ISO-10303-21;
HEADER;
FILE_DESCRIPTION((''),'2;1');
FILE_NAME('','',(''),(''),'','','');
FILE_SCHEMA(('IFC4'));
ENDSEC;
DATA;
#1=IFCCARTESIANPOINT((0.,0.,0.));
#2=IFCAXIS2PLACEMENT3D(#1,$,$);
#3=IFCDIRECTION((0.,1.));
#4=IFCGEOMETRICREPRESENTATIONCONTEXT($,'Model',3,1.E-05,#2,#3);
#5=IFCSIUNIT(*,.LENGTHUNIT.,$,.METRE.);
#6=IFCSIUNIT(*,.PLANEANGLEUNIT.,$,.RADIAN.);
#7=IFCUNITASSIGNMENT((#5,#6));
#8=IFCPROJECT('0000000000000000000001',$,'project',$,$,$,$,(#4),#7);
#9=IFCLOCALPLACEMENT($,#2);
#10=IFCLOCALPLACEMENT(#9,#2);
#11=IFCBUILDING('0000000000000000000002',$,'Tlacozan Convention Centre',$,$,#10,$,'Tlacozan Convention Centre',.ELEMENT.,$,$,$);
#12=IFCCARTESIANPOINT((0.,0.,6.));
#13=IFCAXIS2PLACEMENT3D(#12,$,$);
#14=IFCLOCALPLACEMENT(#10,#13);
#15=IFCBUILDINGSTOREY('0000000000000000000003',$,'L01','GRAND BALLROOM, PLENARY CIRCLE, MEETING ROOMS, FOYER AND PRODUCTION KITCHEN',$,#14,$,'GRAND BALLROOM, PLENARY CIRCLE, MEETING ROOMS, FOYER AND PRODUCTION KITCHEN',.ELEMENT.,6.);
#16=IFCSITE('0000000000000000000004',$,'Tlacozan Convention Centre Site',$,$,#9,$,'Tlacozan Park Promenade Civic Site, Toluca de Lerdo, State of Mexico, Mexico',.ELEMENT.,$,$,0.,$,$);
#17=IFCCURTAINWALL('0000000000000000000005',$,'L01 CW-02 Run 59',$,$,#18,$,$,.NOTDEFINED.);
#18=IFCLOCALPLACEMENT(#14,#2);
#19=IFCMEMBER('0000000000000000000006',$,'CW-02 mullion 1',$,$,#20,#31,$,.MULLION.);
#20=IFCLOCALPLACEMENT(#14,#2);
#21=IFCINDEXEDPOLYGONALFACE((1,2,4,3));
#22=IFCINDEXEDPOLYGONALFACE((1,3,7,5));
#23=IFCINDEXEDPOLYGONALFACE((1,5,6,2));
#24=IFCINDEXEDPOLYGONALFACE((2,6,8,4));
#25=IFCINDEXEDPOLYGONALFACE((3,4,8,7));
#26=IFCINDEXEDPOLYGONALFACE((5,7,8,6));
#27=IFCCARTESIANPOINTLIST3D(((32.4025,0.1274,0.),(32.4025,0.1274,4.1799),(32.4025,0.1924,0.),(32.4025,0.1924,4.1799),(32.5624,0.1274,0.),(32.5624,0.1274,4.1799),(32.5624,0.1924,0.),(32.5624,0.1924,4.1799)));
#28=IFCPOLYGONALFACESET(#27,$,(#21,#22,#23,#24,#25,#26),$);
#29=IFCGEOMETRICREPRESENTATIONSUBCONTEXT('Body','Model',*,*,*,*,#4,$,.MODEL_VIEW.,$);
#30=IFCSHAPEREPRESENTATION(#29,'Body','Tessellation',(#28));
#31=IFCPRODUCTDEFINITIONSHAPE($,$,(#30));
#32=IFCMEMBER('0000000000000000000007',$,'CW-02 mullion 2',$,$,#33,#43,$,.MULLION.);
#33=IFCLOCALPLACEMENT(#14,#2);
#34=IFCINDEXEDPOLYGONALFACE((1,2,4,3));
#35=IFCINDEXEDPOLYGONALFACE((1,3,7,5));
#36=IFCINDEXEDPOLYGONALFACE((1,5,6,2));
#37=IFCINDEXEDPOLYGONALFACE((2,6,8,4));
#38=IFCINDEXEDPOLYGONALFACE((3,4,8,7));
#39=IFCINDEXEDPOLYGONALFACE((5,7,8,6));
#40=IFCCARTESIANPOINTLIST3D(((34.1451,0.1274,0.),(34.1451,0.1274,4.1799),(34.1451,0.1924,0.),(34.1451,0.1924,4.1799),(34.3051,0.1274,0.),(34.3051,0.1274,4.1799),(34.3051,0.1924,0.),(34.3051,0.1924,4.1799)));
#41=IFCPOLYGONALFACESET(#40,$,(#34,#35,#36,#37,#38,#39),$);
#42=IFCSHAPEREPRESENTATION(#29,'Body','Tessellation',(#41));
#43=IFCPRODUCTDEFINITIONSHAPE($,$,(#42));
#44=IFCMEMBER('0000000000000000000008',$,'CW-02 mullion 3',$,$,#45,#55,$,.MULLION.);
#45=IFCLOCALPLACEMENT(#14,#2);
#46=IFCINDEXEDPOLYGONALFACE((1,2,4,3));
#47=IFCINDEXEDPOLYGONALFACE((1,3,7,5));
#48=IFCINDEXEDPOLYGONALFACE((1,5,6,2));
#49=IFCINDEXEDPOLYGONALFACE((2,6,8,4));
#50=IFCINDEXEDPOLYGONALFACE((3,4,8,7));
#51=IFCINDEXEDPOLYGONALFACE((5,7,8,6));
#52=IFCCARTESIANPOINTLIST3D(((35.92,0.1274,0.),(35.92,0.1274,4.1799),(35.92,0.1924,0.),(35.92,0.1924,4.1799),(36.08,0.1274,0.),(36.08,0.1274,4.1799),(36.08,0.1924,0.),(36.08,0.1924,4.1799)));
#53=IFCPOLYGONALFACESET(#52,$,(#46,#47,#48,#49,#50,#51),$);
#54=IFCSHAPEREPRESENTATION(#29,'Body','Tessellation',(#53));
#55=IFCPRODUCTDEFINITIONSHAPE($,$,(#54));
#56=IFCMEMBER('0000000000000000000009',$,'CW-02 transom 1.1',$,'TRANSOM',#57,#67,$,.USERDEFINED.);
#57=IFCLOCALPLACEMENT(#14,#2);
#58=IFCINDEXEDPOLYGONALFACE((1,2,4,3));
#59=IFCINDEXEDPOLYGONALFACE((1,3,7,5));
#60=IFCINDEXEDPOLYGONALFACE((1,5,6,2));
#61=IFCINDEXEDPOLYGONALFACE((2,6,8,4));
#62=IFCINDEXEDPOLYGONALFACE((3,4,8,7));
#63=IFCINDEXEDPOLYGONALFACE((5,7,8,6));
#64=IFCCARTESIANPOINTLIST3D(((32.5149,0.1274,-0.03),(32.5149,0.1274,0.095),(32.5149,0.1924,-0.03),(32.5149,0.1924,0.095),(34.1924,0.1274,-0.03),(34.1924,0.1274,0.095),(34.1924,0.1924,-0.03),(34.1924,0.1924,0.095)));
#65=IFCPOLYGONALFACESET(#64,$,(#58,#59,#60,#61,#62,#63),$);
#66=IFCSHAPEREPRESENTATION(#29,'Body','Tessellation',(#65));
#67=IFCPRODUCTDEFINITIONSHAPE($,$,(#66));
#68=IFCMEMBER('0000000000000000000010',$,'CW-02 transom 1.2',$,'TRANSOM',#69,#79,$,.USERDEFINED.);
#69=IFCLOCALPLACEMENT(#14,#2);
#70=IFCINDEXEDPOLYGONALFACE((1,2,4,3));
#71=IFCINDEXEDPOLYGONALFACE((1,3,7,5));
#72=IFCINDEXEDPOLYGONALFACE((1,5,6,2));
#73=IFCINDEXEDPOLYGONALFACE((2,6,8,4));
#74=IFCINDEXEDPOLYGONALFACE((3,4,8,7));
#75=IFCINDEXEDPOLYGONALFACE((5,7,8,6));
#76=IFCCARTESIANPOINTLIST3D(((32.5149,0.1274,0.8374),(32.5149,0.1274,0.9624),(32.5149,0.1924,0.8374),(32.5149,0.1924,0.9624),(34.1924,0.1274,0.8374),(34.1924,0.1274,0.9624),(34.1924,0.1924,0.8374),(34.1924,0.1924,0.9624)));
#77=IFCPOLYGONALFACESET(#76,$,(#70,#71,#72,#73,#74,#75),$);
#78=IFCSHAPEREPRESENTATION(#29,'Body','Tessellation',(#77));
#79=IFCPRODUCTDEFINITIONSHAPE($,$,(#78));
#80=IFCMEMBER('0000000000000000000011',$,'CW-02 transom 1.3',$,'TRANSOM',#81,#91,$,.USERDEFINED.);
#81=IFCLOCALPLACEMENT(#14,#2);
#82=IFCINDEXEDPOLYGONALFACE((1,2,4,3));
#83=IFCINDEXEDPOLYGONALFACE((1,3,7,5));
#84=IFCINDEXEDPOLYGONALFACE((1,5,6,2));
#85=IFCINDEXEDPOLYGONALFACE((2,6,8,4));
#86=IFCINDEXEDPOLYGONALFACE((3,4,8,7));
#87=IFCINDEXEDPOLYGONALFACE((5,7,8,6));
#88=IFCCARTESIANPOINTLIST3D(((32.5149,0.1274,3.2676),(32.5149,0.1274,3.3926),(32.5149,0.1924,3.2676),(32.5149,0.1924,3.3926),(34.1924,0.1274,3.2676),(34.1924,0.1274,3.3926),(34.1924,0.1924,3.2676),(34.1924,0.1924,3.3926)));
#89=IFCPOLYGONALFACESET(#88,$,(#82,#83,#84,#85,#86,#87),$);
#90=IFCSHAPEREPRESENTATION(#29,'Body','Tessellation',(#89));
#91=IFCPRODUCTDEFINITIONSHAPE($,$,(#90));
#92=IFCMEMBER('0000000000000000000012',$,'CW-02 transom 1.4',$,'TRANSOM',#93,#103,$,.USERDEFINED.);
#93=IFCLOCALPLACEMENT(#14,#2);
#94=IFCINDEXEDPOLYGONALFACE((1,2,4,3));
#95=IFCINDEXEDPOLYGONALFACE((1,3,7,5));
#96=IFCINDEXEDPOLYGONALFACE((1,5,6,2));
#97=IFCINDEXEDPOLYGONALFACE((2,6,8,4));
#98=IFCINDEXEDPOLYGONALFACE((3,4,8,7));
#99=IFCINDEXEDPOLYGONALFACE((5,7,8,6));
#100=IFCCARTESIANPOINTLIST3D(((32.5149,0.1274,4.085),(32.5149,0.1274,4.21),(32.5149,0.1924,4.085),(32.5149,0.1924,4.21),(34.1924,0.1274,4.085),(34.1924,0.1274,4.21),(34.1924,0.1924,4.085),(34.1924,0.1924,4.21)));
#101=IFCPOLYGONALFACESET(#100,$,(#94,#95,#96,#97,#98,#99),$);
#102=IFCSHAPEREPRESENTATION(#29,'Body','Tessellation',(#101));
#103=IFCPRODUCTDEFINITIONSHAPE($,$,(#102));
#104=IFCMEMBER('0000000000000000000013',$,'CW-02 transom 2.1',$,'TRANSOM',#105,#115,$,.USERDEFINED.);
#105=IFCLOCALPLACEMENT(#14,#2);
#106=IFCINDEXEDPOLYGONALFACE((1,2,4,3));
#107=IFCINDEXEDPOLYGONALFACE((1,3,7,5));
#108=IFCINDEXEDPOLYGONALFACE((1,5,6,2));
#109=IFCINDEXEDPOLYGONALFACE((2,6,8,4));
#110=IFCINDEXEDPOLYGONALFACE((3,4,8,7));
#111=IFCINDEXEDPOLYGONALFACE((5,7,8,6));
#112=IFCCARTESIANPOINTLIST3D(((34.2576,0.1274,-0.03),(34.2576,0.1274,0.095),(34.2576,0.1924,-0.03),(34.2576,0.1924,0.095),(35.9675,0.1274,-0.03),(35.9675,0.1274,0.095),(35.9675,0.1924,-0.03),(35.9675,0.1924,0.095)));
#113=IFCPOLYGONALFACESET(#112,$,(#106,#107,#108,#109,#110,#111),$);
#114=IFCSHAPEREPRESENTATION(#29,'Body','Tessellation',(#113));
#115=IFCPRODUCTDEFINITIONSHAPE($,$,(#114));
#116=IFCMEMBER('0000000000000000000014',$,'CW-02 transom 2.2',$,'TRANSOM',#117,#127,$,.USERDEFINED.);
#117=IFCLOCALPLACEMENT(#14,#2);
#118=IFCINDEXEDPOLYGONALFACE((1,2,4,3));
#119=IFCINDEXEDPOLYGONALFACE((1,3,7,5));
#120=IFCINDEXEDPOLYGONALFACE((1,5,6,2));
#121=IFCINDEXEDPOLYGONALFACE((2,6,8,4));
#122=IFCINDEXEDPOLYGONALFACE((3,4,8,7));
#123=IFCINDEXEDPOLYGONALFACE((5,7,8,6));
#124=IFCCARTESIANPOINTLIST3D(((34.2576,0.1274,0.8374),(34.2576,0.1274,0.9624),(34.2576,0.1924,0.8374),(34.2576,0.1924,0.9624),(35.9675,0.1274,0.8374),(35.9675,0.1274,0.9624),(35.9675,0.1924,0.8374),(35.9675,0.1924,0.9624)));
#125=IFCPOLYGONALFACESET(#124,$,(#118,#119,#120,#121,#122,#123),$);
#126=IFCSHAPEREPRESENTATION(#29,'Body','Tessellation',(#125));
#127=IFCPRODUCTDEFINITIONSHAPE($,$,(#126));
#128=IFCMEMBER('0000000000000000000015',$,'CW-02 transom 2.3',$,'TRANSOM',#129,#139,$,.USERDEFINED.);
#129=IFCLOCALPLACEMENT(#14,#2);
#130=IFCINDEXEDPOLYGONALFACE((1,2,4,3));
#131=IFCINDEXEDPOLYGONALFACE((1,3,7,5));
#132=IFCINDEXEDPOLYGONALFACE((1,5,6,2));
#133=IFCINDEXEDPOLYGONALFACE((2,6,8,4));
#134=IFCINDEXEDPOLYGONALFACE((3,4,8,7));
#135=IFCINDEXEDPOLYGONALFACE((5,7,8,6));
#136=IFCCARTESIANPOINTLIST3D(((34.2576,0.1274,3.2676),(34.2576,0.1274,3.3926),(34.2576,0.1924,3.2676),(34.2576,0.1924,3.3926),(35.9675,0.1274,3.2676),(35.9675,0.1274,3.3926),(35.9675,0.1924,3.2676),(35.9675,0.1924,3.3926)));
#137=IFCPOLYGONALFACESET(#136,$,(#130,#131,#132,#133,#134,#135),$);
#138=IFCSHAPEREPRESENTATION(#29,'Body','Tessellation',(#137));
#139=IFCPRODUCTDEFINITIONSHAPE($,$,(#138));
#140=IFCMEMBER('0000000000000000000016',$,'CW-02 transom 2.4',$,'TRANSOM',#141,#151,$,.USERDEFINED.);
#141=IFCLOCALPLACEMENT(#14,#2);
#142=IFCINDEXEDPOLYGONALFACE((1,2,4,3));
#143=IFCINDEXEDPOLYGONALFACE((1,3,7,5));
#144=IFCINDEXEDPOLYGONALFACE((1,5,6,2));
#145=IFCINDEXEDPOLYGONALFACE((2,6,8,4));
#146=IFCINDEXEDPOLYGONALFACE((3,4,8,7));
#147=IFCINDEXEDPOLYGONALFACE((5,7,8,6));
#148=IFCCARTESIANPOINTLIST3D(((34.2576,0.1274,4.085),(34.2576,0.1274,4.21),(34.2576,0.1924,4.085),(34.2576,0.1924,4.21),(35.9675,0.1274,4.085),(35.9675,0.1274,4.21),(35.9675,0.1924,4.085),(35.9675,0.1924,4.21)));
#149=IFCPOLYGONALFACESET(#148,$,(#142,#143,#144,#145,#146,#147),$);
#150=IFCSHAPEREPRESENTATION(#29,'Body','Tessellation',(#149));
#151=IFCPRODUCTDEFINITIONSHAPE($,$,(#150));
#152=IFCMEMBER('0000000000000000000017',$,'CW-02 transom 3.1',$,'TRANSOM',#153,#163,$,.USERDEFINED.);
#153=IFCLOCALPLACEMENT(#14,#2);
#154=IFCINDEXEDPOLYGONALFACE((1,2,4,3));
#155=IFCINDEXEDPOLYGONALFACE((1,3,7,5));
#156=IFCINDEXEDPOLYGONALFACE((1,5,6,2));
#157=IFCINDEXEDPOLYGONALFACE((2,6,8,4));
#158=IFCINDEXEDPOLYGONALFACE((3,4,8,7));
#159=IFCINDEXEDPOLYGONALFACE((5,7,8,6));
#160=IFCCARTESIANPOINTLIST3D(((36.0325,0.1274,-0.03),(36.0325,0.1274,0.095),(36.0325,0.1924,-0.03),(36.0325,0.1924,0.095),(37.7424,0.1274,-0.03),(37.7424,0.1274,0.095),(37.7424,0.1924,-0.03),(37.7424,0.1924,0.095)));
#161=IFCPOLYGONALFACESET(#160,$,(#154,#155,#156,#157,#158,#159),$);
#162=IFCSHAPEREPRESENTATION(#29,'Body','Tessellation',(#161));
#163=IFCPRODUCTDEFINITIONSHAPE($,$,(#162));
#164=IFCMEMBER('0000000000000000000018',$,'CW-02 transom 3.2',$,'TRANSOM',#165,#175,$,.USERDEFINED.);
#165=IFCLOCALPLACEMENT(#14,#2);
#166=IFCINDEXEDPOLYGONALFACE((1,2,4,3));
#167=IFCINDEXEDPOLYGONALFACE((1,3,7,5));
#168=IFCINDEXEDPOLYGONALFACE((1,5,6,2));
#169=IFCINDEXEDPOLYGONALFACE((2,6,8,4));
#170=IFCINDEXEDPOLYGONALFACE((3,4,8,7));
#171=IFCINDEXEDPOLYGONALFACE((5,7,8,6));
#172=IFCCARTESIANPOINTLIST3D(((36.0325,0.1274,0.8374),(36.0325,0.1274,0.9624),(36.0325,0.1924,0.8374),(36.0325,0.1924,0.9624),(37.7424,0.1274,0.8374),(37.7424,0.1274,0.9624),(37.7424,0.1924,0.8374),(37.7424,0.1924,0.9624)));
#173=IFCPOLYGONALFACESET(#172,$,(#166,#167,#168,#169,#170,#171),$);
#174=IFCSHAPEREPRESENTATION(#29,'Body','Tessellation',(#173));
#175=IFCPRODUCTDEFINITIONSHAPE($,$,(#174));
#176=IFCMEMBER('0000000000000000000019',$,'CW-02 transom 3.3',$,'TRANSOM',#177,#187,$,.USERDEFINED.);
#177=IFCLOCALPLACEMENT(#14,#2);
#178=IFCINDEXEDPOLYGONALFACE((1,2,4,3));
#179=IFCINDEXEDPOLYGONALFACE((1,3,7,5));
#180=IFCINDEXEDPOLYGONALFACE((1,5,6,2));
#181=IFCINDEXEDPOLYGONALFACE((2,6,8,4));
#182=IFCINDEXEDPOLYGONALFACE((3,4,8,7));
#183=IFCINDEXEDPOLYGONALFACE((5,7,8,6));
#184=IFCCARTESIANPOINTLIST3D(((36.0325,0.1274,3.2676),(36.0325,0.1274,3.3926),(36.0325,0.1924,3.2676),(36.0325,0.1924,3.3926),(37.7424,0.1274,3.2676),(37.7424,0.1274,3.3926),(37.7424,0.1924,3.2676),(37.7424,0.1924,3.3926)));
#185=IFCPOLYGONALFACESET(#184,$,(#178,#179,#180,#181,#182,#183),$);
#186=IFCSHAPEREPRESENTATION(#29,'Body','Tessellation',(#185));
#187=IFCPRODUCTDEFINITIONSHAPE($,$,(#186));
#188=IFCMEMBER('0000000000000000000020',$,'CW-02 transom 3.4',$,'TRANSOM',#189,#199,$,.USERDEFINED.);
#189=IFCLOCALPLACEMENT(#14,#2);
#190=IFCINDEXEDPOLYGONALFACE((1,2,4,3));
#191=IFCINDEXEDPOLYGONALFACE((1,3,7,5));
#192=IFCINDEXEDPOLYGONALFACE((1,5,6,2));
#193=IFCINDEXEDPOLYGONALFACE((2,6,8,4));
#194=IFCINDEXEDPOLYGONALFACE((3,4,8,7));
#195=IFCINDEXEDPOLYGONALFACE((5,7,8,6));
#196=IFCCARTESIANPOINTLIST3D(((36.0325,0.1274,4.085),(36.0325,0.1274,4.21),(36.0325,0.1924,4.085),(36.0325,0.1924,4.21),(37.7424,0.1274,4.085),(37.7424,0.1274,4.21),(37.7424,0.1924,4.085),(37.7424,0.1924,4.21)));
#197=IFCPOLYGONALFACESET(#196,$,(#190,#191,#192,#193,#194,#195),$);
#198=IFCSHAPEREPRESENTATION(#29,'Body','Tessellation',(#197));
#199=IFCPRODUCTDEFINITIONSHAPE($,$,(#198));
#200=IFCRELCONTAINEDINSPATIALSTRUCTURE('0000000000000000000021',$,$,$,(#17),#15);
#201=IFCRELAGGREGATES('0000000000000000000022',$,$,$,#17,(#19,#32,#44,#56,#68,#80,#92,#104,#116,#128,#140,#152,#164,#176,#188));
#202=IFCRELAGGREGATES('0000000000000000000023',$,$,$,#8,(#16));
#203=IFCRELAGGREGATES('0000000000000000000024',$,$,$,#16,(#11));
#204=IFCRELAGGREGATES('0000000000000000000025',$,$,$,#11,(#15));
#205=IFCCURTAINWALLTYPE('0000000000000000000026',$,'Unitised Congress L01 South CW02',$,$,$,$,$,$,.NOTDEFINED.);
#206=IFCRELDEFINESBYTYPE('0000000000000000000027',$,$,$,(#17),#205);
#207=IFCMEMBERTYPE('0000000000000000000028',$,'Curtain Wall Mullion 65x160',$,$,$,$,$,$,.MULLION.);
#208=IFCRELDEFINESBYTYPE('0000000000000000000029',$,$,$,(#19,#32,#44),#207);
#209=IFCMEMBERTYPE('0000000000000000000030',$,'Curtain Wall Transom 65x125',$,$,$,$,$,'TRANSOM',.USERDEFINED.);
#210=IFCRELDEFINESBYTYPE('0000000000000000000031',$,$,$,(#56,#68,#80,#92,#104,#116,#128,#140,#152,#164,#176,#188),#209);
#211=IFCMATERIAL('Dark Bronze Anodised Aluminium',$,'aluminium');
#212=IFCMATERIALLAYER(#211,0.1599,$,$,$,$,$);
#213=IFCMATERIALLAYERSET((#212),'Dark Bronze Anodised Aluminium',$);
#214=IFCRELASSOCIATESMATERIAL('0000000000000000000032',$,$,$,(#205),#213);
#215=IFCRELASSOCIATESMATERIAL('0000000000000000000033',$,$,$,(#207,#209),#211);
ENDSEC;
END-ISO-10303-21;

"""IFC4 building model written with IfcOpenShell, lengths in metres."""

from ifc_helpers import new_model, si_unit, direction, frame, origin, origin_2d, place, context, subcontext, project, spatial, rectangle, extrude, material, layer, layer_set, material_profile, profile_set, type_object, element, aggregate, save


model = new_model("IFC4")

# Units and contexts
model_context = context("Model", 3, precision=1e-05, world=origin(), true_north=direction((0.0, 1.0)))
body_context = subcontext(model_context, "Body", "Model", "MODEL_VIEW")
ifc_project = project(units=[si_unit("LENGTHUNIT", "METRE"), si_unit("PLANEANGLEUNIT", "RADIAN")], contexts=[model_context])

# Site, building, storey
site_placement = place(None, origin())
site = spatial("IfcSite", under=ifc_project, at=site_placement, Name="Tlacozan Convention Centre Site", LongName="Tlacozan Park Promenade Civic Site, Toluca de Lerdo, State of Mexico, Mexico", CompositionType="ELEMENT", RefElevation=0.0)
building_placement = place(site_placement, origin())
building = spatial("IfcBuilding", under=site, at=building_placement, Name="Tlacozan Convention Centre", LongName="Tlacozan Convention Centre", CompositionType="ELEMENT")
storey_placement = place(building_placement, frame((0.0, 0.0, 6.0)))
storey = spatial("IfcBuildingStorey", under=building, at=storey_placement, Name="L01", Description="GRAND BALLROOM, PLENARY CIRCLE, MEETING ROOMS, FOYER AND PRODUCTION KITCHEN", LongName="GRAND BALLROOM, PLENARY CIRCLE, MEETING ROOMS, FOYER AND PRODUCTION KITCHEN", CompositionType="ELEMENT", Elevation=6.0)

# Curtain wall, members
ifc_material_1 = material(Name="Dark Bronze Anodised Aluminium", Category="aluminium")
ifc_layer_1 = layer(ifc_material_1, 0.1599)
ifc_layer_set_1 = layer_set([ifc_layer_1], Name="Dark Bronze Anodised Aluminium")
curtain_wall_type = type_object("IfcCurtainWallType", Name="Unitised Congress L01 South CW02", PredefinedType="NOTDEFINED", material=ifc_layer_set_1)
curtain_wall_placement = place(storey_placement, origin())
curtain_wall = element("IfcCurtainWall", 1, at=curtain_wall_placement, inside=storey, type_object=curtain_wall_type, Name="L01 CW-02 Run 59", PredefinedType="NOTDEFINED")
ifc_material_profile_1 = material_profile(ifc_material_1, rectangle(XDim=0.0649, YDim=0.1599, at=origin_2d()), Name="ALU 65x160")
ifc_profile_set_1 = profile_set([ifc_material_profile_1], Name="Dark Bronze Anodised Aluminium")
member_type_1 = type_object("IfcMemberType", Name="Curtain Wall Mullion 65x160", PredefinedType="MULLION", material=ifc_profile_set_1)
member_1_placement = place(storey_placement, frame((32.4824, 0.1599, 0.0), z_axis=(0.0, 0.0, 1.0), x_axis=(0.0, 1.0, 0.0)))
member_1 = element("IfcMember", 2, at=member_1_placement, type_object=member_type_1, Name="CW-02 mullion 1", PredefinedType="MULLION", context=body_context, shape_type="SweptSolid", body=[
    extrude(rectangle(XDim=0.0649, YDim=0.1599, at=origin_2d()), origin(), (0.0, 0.0, 1.0), 4.1799),
])
member_2_placement = place(storey_placement, frame((34.2251, 0.1599, 0.0), z_axis=(0.0, 0.0, 1.0), x_axis=(0.0, 1.0, 0.0)))
member_2 = element("IfcMember", 3, at=member_2_placement, type_object=member_type_1, Name="CW-02 mullion 2", PredefinedType="MULLION", context=body_context, shape_type="SweptSolid", body=[
    extrude(rectangle(XDim=0.0649, YDim=0.1599, at=origin_2d()), origin(), (0.0, 0.0, 1.0), 4.1799),
])
member_3_placement = place(storey_placement, frame((36.0, 0.1599, 0.0), z_axis=(0.0, 0.0, 1.0), x_axis=(0.0, 1.0, 0.0)))
member_3 = element("IfcMember", 4, at=member_3_placement, type_object=member_type_1, Name="CW-02 mullion 3", PredefinedType="MULLION", context=body_context, shape_type="SweptSolid", body=[
    extrude(rectangle(XDim=0.0649, YDim=0.1599, at=origin_2d()), origin(), (0.0, 0.0, 1.0), 4.1799),
])
ifc_material_profile_2 = material_profile(ifc_material_1, rectangle(XDim=0.0649, YDim=0.125, at=origin_2d()), Name="ALU 65x125")
ifc_profile_set_2 = profile_set([ifc_material_profile_2], Name="Dark Bronze Anodised Aluminium")
member_type_2 = type_object("IfcMemberType", Name="Curtain Wall Transom 65x125", ElementType="TRANSOM", PredefinedType="USERDEFINED", material=ifc_profile_set_2)
member_4_placement = place(storey_placement, frame((32.5149, 0.1599, 0.0325), z_axis=(1.0, 0.0, 0.0), x_axis=(0.0, 1.0, 0.0)))
member_4 = element("IfcMember", 5, at=member_4_placement, type_object=member_type_2, Name="CW-02 transom 1.1", ObjectType="TRANSOM", PredefinedType="USERDEFINED", context=body_context, shape_type="SweptSolid", body=[
    extrude(rectangle(XDim=0.0649, YDim=0.125, at=origin_2d()), origin(), (0.0, 0.0, 1.0), 1.6775),
])
member_5_placement = place(storey_placement, frame((32.5149, 0.1599, 0.8999), z_axis=(1.0, 0.0, 0.0), x_axis=(0.0, 1.0, 0.0)))
member_5 = element("IfcMember", 6, at=member_5_placement, type_object=member_type_2, Name="CW-02 transom 1.2", ObjectType="TRANSOM", PredefinedType="USERDEFINED", context=body_context, shape_type="SweptSolid", body=[
    extrude(rectangle(XDim=0.0649, YDim=0.125, at=origin_2d()), origin(), (0.0, 0.0, 1.0), 1.6775),
])
member_6_placement = place(storey_placement, frame((32.5149, 0.1599, 3.3301), z_axis=(1.0, 0.0, 0.0), x_axis=(0.0, 1.0, 0.0)))
member_6 = element("IfcMember", 7, at=member_6_placement, type_object=member_type_2, Name="CW-02 transom 1.3", ObjectType="TRANSOM", PredefinedType="USERDEFINED", context=body_context, shape_type="SweptSolid", body=[
    extrude(rectangle(XDim=0.0649, YDim=0.125, at=origin_2d()), origin(), (0.0, 0.0, 1.0), 1.6775),
])
member_7_placement = place(storey_placement, frame((32.5149, 0.1599, 4.1475), z_axis=(1.0, 0.0, 0.0), x_axis=(0.0, 1.0, 0.0)))
member_7 = element("IfcMember", 8, at=member_7_placement, type_object=member_type_2, Name="CW-02 transom 1.4", ObjectType="TRANSOM", PredefinedType="USERDEFINED", context=body_context, shape_type="SweptSolid", body=[
    extrude(rectangle(XDim=0.0649, YDim=0.125, at=origin_2d()), origin(), (0.0, 0.0, 1.0), 1.6775),
])
member_8_placement = place(storey_placement, frame((34.2576, 0.1599, 0.0325), z_axis=(1.0, 0.0, 0.0), x_axis=(0.0, 1.0, 0.0)))
member_8 = element("IfcMember", 9, at=member_8_placement, type_object=member_type_2, Name="CW-02 transom 2.1", ObjectType="TRANSOM", PredefinedType="USERDEFINED", context=body_context, shape_type="SweptSolid", body=[
    extrude(rectangle(XDim=0.0649, YDim=0.125, at=origin_2d()), origin(), (0.0, 0.0, 1.0), 1.71),
])
member_9_placement = place(storey_placement, frame((34.2576, 0.1599, 0.8999), z_axis=(1.0, 0.0, 0.0), x_axis=(0.0, 1.0, 0.0)))
member_9 = element("IfcMember", 10, at=member_9_placement, type_object=member_type_2, Name="CW-02 transom 2.2", ObjectType="TRANSOM", PredefinedType="USERDEFINED", context=body_context, shape_type="SweptSolid", body=[
    extrude(rectangle(XDim=0.0649, YDim=0.125, at=origin_2d()), origin(), (0.0, 0.0, 1.0), 1.71),
])
member_10_placement = place(storey_placement, frame((34.2576, 0.1599, 3.3301), z_axis=(1.0, 0.0, 0.0), x_axis=(0.0, 1.0, 0.0)))
member_10 = element("IfcMember", 11, at=member_10_placement, type_object=member_type_2, Name="CW-02 transom 2.3", ObjectType="TRANSOM", PredefinedType="USERDEFINED", context=body_context, shape_type="SweptSolid", body=[
    extrude(rectangle(XDim=0.0649, YDim=0.125, at=origin_2d()), origin(), (0.0, 0.0, 1.0), 1.71),
])
member_11_placement = place(storey_placement, frame((34.2576, 0.1599, 4.1475), z_axis=(1.0, 0.0, 0.0), x_axis=(0.0, 1.0, 0.0)))
member_11 = element("IfcMember", 12, at=member_11_placement, type_object=member_type_2, Name="CW-02 transom 2.4", ObjectType="TRANSOM", PredefinedType="USERDEFINED", context=body_context, shape_type="SweptSolid", body=[
    extrude(rectangle(XDim=0.0649, YDim=0.125, at=origin_2d()), origin(), (0.0, 0.0, 1.0), 1.71),
])
member_12_placement = place(storey_placement, frame((36.0325, 0.1599, 0.0325), z_axis=(1.0, 0.0, 0.0), x_axis=(0.0, 1.0, 0.0)))
member_12 = element("IfcMember", 13, at=member_12_placement, type_object=member_type_2, Name="CW-02 transom 3.1", ObjectType="TRANSOM", PredefinedType="USERDEFINED", context=body_context, shape_type="SweptSolid", body=[
    extrude(rectangle(XDim=0.0649, YDim=0.125, at=origin_2d()), origin(), (0.0, 0.0, 1.0), 1.71),
])
member_13_placement = place(storey_placement, frame((36.0325, 0.1599, 0.8999), z_axis=(1.0, 0.0, 0.0), x_axis=(0.0, 1.0, 0.0)))
member_13 = element("IfcMember", 14, at=member_13_placement, type_object=member_type_2, Name="CW-02 transom 3.2", ObjectType="TRANSOM", PredefinedType="USERDEFINED", context=body_context, shape_type="SweptSolid", body=[
    extrude(rectangle(XDim=0.0649, YDim=0.125, at=origin_2d()), origin(), (0.0, 0.0, 1.0), 1.71),
])
member_14_placement = place(storey_placement, frame((36.0325, 0.1599, 3.3301), z_axis=(1.0, 0.0, 0.0), x_axis=(0.0, 1.0, 0.0)))
member_14 = element("IfcMember", 15, at=member_14_placement, type_object=member_type_2, Name="CW-02 transom 3.3", ObjectType="TRANSOM", PredefinedType="USERDEFINED", context=body_context, shape_type="SweptSolid", body=[
    extrude(rectangle(XDim=0.0649, YDim=0.125, at=origin_2d()), origin(), (0.0, 0.0, 1.0), 1.71),
])
member_15_placement = place(storey_placement, frame((36.0325, 0.1599, 4.1475), z_axis=(1.0, 0.0, 0.0), x_axis=(0.0, 1.0, 0.0)))
member_15 = element("IfcMember", 16, at=member_15_placement, type_object=member_type_2, Name="CW-02 transom 3.4", ObjectType="TRANSOM", PredefinedType="USERDEFINED", context=body_context, shape_type="SweptSolid", body=[
    extrude(rectangle(XDim=0.0649, YDim=0.125, at=origin_2d()), origin(), (0.0, 0.0, 1.0), 1.71),
])
aggregate(curtain_wall, [member_1, member_2, member_3, member_4, member_5, member_6, member_7, member_8, member_9, member_10, member_11, member_12, member_13, member_14, member_15])

save(model, "model.ifc")
